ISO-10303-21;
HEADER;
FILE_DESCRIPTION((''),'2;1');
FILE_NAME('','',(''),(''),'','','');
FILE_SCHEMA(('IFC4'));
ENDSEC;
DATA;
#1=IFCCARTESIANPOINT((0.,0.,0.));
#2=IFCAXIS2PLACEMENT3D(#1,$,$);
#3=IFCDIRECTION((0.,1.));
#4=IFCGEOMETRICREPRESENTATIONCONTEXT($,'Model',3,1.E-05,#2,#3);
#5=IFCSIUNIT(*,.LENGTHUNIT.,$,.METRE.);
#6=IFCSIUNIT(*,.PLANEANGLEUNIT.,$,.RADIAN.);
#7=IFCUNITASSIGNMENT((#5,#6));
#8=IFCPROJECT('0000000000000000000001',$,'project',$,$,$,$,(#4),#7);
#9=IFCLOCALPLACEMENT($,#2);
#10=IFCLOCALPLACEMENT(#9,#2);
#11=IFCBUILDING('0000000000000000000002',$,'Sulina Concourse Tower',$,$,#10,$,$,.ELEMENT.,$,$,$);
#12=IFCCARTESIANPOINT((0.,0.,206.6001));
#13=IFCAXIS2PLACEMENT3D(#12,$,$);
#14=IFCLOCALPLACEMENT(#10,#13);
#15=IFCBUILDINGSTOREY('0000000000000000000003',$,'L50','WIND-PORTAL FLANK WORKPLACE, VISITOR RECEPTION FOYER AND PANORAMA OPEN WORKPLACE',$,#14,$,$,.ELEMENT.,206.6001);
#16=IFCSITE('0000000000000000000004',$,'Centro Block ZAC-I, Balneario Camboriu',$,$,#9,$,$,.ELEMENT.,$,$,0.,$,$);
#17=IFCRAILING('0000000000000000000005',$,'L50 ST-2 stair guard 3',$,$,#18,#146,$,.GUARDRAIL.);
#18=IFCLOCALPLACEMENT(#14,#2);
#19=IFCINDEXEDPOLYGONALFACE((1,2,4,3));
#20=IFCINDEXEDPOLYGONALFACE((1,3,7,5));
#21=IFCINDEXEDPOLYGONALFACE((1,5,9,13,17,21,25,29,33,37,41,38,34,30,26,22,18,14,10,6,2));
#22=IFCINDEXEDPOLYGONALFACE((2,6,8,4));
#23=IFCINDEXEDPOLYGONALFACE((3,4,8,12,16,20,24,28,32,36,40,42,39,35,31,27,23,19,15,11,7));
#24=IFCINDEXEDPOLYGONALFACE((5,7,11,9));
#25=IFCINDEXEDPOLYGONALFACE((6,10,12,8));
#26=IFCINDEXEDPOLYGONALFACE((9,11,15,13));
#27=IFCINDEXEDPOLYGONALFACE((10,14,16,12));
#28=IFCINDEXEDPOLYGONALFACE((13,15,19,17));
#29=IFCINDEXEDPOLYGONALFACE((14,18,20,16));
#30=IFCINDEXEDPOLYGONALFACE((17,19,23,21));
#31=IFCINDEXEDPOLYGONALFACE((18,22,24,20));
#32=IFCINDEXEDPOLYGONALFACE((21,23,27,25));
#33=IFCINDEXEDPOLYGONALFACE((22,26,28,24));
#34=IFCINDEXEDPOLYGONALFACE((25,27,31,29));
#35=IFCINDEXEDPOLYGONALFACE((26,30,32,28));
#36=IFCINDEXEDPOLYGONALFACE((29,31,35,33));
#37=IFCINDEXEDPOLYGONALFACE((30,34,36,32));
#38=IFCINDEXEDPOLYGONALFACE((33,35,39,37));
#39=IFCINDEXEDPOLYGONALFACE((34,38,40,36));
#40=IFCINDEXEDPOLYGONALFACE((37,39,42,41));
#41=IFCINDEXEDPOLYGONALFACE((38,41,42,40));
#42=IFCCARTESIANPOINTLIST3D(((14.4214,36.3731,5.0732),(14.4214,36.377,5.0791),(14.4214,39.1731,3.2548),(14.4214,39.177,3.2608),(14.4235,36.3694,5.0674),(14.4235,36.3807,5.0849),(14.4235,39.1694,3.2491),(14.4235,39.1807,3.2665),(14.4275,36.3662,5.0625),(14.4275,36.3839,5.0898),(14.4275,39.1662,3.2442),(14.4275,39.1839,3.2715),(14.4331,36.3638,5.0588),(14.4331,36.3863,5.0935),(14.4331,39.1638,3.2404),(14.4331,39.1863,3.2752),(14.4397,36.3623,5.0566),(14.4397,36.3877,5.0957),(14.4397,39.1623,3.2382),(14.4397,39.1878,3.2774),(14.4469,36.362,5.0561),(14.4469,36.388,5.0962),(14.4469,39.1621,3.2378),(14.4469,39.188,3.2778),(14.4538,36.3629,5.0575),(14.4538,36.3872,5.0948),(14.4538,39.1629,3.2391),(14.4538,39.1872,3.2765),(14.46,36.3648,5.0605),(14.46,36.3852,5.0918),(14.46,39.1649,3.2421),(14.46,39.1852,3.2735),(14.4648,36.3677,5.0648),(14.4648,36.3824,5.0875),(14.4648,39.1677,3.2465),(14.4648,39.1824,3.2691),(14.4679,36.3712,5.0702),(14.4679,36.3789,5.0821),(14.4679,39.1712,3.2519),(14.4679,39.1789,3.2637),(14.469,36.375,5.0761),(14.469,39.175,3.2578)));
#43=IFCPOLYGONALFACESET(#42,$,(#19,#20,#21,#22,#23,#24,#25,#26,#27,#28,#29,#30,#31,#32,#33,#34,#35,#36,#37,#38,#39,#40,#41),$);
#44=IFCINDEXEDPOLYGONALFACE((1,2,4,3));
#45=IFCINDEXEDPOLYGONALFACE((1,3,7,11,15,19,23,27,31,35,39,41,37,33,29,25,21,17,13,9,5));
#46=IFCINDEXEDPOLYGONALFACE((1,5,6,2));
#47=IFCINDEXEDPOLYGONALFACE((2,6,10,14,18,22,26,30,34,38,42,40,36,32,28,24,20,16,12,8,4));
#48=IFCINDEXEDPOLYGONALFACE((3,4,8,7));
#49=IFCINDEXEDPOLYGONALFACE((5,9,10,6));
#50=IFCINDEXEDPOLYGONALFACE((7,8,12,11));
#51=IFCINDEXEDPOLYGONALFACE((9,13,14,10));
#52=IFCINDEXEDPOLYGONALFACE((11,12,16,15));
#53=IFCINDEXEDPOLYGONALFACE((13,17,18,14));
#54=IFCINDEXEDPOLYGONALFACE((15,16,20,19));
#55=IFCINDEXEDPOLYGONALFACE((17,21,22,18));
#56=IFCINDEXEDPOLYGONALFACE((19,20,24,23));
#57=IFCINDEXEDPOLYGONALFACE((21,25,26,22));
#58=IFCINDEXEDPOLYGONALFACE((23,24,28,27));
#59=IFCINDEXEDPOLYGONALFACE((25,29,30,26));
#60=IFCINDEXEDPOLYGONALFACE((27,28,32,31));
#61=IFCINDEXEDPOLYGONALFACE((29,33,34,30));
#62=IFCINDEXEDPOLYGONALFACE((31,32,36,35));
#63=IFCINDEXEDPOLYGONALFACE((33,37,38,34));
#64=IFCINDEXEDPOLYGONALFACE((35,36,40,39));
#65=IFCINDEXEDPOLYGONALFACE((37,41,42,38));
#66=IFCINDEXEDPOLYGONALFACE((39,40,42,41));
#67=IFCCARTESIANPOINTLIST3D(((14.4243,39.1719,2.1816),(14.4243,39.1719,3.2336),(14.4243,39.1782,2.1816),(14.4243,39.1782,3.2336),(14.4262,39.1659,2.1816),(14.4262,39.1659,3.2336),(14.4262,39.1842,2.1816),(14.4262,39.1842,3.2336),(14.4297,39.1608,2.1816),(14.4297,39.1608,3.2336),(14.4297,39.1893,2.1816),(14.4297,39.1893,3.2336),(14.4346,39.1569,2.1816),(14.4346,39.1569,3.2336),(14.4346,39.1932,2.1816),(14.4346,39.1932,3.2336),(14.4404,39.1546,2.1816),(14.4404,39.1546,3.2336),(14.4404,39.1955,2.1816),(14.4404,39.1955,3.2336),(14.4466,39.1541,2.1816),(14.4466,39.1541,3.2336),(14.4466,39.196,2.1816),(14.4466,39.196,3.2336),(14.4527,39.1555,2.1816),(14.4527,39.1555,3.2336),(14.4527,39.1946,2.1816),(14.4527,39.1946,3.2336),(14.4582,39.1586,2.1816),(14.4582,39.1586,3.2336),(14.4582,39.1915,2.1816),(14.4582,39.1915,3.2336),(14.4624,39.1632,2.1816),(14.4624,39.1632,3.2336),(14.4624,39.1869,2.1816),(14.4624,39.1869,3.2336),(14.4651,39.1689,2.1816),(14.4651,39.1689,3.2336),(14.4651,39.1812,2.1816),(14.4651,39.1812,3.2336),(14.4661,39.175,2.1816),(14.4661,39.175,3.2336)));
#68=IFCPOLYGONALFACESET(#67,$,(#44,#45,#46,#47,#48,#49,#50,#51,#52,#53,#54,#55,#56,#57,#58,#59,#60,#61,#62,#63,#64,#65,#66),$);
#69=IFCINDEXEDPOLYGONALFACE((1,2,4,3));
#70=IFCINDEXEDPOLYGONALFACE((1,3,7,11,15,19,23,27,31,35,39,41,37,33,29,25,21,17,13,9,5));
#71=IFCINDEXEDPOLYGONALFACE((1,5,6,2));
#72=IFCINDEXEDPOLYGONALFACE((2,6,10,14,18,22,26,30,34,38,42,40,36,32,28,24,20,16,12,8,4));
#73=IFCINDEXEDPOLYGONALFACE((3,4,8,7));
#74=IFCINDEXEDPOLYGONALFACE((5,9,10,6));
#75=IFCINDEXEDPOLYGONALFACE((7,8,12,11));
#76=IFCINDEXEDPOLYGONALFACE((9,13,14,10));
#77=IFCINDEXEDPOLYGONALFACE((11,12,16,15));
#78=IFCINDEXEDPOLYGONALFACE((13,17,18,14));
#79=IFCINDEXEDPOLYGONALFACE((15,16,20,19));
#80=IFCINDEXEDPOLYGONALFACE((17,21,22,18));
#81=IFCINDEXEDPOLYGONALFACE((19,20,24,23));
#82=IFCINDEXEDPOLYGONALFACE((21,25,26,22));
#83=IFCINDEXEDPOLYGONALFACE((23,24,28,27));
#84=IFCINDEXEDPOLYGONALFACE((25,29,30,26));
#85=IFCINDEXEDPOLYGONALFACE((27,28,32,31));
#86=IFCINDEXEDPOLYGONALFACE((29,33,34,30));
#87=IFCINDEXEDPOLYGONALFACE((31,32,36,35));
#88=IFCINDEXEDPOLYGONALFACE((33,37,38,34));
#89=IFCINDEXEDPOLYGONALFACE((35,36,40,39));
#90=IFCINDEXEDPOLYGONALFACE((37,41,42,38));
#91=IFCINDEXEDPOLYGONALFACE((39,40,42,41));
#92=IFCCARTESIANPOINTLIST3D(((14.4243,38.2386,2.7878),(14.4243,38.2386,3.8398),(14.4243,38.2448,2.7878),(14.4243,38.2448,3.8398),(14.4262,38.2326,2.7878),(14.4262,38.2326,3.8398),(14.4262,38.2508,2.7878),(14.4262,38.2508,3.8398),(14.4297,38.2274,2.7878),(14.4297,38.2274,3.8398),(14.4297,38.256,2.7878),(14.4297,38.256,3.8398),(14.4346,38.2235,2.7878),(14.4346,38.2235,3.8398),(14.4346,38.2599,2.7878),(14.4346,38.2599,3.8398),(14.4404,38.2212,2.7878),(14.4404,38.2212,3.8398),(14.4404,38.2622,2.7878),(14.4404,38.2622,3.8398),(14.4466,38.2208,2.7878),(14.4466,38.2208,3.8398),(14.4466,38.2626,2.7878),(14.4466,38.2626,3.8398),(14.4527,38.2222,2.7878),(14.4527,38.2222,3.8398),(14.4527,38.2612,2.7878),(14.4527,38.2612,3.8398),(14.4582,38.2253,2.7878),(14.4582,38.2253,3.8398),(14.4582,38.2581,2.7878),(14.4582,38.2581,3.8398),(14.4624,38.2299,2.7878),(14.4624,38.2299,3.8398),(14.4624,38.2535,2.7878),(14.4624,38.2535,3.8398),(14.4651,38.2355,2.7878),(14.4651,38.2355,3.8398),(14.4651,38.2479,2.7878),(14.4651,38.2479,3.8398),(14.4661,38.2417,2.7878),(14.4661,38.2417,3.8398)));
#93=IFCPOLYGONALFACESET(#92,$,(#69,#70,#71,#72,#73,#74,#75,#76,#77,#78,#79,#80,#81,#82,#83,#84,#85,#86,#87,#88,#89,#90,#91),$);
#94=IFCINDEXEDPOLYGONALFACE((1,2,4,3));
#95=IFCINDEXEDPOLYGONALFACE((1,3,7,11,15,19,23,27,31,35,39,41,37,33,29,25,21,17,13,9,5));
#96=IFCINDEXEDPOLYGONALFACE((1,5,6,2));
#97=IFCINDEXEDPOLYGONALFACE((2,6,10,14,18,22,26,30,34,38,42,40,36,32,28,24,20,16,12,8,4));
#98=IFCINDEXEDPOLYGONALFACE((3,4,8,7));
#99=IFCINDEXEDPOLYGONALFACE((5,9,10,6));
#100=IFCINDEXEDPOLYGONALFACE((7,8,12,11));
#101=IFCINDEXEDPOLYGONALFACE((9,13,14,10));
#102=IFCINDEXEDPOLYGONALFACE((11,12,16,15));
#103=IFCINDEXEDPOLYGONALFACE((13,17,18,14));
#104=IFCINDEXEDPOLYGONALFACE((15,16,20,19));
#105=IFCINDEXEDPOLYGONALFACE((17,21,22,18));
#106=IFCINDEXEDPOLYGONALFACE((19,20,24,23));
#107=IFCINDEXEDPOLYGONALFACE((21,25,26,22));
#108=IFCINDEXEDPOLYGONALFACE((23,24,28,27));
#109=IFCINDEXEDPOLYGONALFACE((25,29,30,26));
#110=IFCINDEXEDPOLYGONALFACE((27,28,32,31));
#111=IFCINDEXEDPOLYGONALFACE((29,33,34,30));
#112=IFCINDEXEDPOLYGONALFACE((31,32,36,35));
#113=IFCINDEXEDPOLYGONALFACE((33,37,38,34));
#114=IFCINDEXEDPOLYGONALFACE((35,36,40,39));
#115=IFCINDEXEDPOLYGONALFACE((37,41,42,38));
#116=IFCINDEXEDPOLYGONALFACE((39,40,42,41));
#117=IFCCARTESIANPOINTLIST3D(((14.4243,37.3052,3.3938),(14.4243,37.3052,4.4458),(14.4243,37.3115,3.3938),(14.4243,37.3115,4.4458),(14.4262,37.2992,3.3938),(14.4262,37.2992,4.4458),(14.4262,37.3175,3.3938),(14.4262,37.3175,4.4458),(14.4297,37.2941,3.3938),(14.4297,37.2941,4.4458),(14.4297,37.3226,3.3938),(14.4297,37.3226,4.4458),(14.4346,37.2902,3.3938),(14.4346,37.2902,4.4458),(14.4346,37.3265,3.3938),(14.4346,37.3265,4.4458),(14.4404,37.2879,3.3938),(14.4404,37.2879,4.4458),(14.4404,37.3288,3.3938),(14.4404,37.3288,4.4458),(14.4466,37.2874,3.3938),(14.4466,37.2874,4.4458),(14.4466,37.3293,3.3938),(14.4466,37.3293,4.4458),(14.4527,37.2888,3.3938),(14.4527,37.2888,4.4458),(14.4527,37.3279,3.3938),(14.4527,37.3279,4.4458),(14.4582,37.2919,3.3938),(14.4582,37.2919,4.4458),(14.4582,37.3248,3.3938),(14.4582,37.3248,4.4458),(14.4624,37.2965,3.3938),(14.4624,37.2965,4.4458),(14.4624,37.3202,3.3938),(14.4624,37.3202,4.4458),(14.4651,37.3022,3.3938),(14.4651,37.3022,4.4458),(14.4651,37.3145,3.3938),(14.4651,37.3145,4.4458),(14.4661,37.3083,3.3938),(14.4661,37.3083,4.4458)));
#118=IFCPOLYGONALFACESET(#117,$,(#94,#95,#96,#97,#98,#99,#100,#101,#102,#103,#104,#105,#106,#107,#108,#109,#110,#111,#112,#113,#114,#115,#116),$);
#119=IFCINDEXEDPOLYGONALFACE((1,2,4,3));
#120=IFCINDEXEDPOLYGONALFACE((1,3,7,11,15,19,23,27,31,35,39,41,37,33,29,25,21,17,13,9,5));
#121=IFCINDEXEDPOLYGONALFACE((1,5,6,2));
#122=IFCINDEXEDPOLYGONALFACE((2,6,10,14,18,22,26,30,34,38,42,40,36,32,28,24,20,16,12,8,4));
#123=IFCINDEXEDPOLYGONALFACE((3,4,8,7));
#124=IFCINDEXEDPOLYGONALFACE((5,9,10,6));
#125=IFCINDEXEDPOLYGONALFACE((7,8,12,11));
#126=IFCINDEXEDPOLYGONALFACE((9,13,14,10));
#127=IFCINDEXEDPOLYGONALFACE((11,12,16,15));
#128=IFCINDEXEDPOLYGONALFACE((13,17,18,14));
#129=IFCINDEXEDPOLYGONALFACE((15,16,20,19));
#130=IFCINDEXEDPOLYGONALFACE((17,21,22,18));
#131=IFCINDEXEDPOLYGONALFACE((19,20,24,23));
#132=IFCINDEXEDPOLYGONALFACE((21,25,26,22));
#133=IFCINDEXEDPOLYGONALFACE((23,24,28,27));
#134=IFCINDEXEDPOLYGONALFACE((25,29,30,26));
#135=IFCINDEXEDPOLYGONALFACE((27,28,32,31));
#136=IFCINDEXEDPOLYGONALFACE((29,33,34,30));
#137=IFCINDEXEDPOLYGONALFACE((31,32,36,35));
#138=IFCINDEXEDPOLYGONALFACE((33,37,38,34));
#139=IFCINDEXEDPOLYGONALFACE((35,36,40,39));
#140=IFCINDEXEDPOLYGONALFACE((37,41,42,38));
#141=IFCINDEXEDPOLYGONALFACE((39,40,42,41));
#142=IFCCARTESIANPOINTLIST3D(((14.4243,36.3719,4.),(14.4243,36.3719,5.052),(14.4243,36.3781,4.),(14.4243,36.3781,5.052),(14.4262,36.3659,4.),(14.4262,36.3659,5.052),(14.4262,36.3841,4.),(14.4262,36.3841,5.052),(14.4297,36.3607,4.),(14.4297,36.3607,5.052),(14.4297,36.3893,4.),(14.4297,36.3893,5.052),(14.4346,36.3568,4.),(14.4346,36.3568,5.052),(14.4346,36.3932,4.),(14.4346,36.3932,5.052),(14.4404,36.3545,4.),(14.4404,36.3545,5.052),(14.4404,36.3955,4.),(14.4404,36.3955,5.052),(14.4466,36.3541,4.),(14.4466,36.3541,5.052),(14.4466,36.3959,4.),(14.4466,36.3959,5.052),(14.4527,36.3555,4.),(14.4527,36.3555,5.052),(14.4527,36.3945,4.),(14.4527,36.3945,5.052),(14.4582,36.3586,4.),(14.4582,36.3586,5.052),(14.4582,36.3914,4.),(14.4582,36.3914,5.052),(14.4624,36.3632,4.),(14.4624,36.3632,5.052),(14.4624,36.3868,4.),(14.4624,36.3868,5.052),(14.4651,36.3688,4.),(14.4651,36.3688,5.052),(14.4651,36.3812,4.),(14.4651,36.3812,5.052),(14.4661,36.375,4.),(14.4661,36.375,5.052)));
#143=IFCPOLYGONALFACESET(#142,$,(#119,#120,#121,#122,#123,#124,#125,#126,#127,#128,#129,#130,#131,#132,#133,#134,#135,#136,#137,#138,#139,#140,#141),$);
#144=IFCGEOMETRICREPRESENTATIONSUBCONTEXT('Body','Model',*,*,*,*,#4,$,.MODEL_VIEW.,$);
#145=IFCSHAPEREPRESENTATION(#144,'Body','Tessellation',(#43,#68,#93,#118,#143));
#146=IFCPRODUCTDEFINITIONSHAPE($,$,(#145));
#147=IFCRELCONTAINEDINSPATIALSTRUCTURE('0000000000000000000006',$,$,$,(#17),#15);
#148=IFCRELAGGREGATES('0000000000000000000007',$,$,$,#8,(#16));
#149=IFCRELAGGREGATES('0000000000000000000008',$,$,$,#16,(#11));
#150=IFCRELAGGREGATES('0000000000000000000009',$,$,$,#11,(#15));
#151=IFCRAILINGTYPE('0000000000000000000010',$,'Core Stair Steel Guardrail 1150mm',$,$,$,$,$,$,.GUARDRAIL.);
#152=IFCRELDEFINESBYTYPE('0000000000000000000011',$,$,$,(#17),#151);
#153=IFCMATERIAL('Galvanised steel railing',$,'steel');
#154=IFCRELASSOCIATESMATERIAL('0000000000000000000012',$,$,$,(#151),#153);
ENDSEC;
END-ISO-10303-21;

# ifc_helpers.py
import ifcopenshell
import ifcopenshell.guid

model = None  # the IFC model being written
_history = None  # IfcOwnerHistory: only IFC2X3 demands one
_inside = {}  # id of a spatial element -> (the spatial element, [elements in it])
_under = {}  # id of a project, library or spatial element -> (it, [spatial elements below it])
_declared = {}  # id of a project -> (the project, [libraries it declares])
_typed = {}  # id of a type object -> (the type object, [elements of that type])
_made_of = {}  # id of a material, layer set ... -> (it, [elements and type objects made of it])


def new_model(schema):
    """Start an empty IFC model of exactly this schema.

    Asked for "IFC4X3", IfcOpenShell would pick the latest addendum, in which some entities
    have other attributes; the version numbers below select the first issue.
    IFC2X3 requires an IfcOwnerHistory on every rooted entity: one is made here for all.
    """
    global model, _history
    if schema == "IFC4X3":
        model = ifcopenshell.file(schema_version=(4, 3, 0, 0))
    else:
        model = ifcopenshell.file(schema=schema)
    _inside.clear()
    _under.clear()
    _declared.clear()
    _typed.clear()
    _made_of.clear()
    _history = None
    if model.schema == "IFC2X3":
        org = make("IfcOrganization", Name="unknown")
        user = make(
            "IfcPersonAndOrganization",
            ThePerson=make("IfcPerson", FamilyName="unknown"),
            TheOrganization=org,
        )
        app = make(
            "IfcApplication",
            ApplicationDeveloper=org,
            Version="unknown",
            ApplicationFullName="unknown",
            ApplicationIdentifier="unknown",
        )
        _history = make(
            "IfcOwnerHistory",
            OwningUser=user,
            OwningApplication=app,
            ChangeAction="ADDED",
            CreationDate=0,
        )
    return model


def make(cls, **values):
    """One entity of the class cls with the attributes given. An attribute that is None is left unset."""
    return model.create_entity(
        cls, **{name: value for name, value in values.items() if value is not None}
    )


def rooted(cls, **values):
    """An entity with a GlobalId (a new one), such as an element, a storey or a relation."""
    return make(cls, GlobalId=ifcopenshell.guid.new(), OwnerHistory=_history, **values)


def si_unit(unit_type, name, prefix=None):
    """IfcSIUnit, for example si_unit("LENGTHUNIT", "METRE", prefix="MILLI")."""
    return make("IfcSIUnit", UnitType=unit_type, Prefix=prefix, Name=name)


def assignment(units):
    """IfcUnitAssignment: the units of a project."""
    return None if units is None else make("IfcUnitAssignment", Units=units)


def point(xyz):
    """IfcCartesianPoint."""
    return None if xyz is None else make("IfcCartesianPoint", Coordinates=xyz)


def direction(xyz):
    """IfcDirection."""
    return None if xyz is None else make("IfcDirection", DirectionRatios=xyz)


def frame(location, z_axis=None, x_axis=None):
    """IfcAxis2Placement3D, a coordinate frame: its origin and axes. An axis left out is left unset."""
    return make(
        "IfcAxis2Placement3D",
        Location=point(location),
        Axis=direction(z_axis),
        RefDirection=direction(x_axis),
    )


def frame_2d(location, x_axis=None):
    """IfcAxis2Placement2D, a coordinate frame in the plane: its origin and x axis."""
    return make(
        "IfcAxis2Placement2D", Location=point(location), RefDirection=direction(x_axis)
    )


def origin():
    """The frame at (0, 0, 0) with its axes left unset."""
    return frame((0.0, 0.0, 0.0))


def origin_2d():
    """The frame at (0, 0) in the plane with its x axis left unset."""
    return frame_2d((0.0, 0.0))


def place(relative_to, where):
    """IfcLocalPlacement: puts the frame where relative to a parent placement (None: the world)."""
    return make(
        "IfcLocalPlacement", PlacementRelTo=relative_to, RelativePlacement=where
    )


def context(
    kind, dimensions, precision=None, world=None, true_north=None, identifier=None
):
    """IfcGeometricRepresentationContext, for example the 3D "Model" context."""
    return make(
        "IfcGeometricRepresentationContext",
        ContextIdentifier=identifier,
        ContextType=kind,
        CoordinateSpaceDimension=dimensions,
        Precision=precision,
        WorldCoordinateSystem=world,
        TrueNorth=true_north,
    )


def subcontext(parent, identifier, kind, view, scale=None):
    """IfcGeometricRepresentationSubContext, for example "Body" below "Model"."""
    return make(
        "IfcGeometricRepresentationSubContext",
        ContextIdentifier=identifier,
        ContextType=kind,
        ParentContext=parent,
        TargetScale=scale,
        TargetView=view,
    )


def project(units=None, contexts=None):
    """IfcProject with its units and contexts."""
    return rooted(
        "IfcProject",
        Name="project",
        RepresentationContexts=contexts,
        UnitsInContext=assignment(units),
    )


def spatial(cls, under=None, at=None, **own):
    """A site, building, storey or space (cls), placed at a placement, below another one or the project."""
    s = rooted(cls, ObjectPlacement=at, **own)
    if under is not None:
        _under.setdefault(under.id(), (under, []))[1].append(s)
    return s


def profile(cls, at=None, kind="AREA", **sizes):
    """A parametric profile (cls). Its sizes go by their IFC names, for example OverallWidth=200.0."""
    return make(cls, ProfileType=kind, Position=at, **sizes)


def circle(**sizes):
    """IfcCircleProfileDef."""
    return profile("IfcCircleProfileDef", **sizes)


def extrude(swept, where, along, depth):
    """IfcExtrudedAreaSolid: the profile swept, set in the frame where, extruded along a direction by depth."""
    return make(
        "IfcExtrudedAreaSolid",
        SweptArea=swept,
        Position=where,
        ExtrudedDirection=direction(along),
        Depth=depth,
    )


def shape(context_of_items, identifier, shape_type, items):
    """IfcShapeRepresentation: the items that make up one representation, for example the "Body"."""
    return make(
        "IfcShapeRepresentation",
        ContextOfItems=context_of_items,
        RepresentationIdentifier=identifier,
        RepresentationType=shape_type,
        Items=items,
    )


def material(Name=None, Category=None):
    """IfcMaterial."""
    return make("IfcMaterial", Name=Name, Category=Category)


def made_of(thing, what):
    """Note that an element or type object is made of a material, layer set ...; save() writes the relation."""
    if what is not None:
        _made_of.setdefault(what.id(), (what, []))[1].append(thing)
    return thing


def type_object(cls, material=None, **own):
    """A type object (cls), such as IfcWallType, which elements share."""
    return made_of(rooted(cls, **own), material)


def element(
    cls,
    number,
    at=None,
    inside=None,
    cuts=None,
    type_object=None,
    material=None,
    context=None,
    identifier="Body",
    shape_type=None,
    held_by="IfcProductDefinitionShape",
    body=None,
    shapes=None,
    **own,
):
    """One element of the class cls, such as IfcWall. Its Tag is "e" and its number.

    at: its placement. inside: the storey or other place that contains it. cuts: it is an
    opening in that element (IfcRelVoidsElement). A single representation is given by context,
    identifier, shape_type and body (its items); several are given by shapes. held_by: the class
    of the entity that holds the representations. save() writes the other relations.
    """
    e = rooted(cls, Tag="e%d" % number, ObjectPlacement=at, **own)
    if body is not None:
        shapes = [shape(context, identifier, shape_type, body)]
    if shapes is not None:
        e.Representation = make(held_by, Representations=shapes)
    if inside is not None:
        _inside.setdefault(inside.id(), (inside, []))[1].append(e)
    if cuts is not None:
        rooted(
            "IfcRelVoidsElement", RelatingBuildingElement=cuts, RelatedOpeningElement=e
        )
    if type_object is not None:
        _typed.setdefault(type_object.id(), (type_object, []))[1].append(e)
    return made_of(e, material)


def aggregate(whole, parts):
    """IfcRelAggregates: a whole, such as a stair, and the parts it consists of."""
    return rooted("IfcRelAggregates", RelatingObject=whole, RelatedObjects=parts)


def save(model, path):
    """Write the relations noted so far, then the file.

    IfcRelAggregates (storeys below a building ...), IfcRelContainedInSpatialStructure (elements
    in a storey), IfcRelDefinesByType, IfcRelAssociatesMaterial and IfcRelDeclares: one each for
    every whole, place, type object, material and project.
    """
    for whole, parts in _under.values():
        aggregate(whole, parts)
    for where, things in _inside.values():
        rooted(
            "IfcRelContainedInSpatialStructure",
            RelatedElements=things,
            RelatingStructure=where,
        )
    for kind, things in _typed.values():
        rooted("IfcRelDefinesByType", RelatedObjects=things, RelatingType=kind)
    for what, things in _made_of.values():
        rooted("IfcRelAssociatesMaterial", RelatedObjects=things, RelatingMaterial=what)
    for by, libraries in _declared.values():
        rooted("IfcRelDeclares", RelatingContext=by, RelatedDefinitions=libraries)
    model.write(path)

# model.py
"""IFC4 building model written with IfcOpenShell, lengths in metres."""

from ifc_helpers import new_model, si_unit, direction, frame, origin, origin_2d, place, context, subcontext, project, spatial, circle, extrude, material, type_object, element, save


model = new_model("IFC4")

# Units and contexts
model_context = context("Model", 3, precision=1e-05, world=origin(), true_north=direction((0.0, 1.0)))
body_context = subcontext(model_context, "Body", "Model", "MODEL_VIEW")
ifc_project = project(units=[si_unit("LENGTHUNIT", "METRE"), si_unit("PLANEANGLEUNIT", "RADIAN")], contexts=[model_context])

# Site, building, storey
site_placement = place(None, origin())
site = spatial("IfcSite", under=ifc_project, at=site_placement, Name="Centro Block ZAC-I, Balneario Camboriu", CompositionType="ELEMENT", RefElevation=0.0)
building_placement = place(site_placement, origin())
building = spatial("IfcBuilding", under=site, at=building_placement, Name="Sulina Concourse Tower", CompositionType="ELEMENT")
storey_placement = place(building_placement, frame((0.0, 0.0, 206.6001)))
storey = spatial("IfcBuildingStorey", under=building, at=storey_placement, Name="L50", Description="WIND-PORTAL FLANK WORKPLACE, VISITOR RECEPTION FOYER AND PANORAMA OPEN WORKPLACE", CompositionType="ELEMENT", Elevation=206.6001)

# Railing
ifc_material_1 = material(Name="Galvanised steel railing", Category="steel")
railing_type_1 = type_object("IfcRailingType", Name="Core Stair Steel Guardrail 1150mm", PredefinedType="GUARDRAIL", material=ifc_material_1)
railing_1_placement = place(storey_placement, frame((14.4451, 39.175, 2.1816)))
element("IfcRailing", 1, at=railing_1_placement, inside=storey, type_object=railing_type_1, Name="L50 ST-2 stair guard 3", PredefinedType="GUARDRAIL", context=body_context, shape_type="SweptSolid", body=[
    extrude(circle(Radius=0.0239, at=origin_2d()), frame((0.0, 0.0, 1.0762), z_axis=(0.0, -0.838672, 0.544636), x_axis=(1.0, 0.0, 0.0)), (0.0, 0.0, 1.0), 3.3386),
    extrude(circle(Radius=0.021, at=origin_2d()), origin(), (0.0, 0.0, 1.0), 1.052),
    extrude(circle(Radius=0.021, at=origin_2d()), frame((0.0, -0.9333, 0.6062)), (0.0, 0.0, 1.0), 1.052),
    extrude(circle(Radius=0.021, at=origin_2d()), frame((0.0, -1.8667, 1.2122)), (0.0, 0.0, 1.0), 1.052),
    extrude(circle(Radius=0.021, at=origin_2d()), frame((0.0, -2.8, 1.8184)), (0.0, 0.0, 1.0), 1.052),
])

save(model, "model.ifc")
